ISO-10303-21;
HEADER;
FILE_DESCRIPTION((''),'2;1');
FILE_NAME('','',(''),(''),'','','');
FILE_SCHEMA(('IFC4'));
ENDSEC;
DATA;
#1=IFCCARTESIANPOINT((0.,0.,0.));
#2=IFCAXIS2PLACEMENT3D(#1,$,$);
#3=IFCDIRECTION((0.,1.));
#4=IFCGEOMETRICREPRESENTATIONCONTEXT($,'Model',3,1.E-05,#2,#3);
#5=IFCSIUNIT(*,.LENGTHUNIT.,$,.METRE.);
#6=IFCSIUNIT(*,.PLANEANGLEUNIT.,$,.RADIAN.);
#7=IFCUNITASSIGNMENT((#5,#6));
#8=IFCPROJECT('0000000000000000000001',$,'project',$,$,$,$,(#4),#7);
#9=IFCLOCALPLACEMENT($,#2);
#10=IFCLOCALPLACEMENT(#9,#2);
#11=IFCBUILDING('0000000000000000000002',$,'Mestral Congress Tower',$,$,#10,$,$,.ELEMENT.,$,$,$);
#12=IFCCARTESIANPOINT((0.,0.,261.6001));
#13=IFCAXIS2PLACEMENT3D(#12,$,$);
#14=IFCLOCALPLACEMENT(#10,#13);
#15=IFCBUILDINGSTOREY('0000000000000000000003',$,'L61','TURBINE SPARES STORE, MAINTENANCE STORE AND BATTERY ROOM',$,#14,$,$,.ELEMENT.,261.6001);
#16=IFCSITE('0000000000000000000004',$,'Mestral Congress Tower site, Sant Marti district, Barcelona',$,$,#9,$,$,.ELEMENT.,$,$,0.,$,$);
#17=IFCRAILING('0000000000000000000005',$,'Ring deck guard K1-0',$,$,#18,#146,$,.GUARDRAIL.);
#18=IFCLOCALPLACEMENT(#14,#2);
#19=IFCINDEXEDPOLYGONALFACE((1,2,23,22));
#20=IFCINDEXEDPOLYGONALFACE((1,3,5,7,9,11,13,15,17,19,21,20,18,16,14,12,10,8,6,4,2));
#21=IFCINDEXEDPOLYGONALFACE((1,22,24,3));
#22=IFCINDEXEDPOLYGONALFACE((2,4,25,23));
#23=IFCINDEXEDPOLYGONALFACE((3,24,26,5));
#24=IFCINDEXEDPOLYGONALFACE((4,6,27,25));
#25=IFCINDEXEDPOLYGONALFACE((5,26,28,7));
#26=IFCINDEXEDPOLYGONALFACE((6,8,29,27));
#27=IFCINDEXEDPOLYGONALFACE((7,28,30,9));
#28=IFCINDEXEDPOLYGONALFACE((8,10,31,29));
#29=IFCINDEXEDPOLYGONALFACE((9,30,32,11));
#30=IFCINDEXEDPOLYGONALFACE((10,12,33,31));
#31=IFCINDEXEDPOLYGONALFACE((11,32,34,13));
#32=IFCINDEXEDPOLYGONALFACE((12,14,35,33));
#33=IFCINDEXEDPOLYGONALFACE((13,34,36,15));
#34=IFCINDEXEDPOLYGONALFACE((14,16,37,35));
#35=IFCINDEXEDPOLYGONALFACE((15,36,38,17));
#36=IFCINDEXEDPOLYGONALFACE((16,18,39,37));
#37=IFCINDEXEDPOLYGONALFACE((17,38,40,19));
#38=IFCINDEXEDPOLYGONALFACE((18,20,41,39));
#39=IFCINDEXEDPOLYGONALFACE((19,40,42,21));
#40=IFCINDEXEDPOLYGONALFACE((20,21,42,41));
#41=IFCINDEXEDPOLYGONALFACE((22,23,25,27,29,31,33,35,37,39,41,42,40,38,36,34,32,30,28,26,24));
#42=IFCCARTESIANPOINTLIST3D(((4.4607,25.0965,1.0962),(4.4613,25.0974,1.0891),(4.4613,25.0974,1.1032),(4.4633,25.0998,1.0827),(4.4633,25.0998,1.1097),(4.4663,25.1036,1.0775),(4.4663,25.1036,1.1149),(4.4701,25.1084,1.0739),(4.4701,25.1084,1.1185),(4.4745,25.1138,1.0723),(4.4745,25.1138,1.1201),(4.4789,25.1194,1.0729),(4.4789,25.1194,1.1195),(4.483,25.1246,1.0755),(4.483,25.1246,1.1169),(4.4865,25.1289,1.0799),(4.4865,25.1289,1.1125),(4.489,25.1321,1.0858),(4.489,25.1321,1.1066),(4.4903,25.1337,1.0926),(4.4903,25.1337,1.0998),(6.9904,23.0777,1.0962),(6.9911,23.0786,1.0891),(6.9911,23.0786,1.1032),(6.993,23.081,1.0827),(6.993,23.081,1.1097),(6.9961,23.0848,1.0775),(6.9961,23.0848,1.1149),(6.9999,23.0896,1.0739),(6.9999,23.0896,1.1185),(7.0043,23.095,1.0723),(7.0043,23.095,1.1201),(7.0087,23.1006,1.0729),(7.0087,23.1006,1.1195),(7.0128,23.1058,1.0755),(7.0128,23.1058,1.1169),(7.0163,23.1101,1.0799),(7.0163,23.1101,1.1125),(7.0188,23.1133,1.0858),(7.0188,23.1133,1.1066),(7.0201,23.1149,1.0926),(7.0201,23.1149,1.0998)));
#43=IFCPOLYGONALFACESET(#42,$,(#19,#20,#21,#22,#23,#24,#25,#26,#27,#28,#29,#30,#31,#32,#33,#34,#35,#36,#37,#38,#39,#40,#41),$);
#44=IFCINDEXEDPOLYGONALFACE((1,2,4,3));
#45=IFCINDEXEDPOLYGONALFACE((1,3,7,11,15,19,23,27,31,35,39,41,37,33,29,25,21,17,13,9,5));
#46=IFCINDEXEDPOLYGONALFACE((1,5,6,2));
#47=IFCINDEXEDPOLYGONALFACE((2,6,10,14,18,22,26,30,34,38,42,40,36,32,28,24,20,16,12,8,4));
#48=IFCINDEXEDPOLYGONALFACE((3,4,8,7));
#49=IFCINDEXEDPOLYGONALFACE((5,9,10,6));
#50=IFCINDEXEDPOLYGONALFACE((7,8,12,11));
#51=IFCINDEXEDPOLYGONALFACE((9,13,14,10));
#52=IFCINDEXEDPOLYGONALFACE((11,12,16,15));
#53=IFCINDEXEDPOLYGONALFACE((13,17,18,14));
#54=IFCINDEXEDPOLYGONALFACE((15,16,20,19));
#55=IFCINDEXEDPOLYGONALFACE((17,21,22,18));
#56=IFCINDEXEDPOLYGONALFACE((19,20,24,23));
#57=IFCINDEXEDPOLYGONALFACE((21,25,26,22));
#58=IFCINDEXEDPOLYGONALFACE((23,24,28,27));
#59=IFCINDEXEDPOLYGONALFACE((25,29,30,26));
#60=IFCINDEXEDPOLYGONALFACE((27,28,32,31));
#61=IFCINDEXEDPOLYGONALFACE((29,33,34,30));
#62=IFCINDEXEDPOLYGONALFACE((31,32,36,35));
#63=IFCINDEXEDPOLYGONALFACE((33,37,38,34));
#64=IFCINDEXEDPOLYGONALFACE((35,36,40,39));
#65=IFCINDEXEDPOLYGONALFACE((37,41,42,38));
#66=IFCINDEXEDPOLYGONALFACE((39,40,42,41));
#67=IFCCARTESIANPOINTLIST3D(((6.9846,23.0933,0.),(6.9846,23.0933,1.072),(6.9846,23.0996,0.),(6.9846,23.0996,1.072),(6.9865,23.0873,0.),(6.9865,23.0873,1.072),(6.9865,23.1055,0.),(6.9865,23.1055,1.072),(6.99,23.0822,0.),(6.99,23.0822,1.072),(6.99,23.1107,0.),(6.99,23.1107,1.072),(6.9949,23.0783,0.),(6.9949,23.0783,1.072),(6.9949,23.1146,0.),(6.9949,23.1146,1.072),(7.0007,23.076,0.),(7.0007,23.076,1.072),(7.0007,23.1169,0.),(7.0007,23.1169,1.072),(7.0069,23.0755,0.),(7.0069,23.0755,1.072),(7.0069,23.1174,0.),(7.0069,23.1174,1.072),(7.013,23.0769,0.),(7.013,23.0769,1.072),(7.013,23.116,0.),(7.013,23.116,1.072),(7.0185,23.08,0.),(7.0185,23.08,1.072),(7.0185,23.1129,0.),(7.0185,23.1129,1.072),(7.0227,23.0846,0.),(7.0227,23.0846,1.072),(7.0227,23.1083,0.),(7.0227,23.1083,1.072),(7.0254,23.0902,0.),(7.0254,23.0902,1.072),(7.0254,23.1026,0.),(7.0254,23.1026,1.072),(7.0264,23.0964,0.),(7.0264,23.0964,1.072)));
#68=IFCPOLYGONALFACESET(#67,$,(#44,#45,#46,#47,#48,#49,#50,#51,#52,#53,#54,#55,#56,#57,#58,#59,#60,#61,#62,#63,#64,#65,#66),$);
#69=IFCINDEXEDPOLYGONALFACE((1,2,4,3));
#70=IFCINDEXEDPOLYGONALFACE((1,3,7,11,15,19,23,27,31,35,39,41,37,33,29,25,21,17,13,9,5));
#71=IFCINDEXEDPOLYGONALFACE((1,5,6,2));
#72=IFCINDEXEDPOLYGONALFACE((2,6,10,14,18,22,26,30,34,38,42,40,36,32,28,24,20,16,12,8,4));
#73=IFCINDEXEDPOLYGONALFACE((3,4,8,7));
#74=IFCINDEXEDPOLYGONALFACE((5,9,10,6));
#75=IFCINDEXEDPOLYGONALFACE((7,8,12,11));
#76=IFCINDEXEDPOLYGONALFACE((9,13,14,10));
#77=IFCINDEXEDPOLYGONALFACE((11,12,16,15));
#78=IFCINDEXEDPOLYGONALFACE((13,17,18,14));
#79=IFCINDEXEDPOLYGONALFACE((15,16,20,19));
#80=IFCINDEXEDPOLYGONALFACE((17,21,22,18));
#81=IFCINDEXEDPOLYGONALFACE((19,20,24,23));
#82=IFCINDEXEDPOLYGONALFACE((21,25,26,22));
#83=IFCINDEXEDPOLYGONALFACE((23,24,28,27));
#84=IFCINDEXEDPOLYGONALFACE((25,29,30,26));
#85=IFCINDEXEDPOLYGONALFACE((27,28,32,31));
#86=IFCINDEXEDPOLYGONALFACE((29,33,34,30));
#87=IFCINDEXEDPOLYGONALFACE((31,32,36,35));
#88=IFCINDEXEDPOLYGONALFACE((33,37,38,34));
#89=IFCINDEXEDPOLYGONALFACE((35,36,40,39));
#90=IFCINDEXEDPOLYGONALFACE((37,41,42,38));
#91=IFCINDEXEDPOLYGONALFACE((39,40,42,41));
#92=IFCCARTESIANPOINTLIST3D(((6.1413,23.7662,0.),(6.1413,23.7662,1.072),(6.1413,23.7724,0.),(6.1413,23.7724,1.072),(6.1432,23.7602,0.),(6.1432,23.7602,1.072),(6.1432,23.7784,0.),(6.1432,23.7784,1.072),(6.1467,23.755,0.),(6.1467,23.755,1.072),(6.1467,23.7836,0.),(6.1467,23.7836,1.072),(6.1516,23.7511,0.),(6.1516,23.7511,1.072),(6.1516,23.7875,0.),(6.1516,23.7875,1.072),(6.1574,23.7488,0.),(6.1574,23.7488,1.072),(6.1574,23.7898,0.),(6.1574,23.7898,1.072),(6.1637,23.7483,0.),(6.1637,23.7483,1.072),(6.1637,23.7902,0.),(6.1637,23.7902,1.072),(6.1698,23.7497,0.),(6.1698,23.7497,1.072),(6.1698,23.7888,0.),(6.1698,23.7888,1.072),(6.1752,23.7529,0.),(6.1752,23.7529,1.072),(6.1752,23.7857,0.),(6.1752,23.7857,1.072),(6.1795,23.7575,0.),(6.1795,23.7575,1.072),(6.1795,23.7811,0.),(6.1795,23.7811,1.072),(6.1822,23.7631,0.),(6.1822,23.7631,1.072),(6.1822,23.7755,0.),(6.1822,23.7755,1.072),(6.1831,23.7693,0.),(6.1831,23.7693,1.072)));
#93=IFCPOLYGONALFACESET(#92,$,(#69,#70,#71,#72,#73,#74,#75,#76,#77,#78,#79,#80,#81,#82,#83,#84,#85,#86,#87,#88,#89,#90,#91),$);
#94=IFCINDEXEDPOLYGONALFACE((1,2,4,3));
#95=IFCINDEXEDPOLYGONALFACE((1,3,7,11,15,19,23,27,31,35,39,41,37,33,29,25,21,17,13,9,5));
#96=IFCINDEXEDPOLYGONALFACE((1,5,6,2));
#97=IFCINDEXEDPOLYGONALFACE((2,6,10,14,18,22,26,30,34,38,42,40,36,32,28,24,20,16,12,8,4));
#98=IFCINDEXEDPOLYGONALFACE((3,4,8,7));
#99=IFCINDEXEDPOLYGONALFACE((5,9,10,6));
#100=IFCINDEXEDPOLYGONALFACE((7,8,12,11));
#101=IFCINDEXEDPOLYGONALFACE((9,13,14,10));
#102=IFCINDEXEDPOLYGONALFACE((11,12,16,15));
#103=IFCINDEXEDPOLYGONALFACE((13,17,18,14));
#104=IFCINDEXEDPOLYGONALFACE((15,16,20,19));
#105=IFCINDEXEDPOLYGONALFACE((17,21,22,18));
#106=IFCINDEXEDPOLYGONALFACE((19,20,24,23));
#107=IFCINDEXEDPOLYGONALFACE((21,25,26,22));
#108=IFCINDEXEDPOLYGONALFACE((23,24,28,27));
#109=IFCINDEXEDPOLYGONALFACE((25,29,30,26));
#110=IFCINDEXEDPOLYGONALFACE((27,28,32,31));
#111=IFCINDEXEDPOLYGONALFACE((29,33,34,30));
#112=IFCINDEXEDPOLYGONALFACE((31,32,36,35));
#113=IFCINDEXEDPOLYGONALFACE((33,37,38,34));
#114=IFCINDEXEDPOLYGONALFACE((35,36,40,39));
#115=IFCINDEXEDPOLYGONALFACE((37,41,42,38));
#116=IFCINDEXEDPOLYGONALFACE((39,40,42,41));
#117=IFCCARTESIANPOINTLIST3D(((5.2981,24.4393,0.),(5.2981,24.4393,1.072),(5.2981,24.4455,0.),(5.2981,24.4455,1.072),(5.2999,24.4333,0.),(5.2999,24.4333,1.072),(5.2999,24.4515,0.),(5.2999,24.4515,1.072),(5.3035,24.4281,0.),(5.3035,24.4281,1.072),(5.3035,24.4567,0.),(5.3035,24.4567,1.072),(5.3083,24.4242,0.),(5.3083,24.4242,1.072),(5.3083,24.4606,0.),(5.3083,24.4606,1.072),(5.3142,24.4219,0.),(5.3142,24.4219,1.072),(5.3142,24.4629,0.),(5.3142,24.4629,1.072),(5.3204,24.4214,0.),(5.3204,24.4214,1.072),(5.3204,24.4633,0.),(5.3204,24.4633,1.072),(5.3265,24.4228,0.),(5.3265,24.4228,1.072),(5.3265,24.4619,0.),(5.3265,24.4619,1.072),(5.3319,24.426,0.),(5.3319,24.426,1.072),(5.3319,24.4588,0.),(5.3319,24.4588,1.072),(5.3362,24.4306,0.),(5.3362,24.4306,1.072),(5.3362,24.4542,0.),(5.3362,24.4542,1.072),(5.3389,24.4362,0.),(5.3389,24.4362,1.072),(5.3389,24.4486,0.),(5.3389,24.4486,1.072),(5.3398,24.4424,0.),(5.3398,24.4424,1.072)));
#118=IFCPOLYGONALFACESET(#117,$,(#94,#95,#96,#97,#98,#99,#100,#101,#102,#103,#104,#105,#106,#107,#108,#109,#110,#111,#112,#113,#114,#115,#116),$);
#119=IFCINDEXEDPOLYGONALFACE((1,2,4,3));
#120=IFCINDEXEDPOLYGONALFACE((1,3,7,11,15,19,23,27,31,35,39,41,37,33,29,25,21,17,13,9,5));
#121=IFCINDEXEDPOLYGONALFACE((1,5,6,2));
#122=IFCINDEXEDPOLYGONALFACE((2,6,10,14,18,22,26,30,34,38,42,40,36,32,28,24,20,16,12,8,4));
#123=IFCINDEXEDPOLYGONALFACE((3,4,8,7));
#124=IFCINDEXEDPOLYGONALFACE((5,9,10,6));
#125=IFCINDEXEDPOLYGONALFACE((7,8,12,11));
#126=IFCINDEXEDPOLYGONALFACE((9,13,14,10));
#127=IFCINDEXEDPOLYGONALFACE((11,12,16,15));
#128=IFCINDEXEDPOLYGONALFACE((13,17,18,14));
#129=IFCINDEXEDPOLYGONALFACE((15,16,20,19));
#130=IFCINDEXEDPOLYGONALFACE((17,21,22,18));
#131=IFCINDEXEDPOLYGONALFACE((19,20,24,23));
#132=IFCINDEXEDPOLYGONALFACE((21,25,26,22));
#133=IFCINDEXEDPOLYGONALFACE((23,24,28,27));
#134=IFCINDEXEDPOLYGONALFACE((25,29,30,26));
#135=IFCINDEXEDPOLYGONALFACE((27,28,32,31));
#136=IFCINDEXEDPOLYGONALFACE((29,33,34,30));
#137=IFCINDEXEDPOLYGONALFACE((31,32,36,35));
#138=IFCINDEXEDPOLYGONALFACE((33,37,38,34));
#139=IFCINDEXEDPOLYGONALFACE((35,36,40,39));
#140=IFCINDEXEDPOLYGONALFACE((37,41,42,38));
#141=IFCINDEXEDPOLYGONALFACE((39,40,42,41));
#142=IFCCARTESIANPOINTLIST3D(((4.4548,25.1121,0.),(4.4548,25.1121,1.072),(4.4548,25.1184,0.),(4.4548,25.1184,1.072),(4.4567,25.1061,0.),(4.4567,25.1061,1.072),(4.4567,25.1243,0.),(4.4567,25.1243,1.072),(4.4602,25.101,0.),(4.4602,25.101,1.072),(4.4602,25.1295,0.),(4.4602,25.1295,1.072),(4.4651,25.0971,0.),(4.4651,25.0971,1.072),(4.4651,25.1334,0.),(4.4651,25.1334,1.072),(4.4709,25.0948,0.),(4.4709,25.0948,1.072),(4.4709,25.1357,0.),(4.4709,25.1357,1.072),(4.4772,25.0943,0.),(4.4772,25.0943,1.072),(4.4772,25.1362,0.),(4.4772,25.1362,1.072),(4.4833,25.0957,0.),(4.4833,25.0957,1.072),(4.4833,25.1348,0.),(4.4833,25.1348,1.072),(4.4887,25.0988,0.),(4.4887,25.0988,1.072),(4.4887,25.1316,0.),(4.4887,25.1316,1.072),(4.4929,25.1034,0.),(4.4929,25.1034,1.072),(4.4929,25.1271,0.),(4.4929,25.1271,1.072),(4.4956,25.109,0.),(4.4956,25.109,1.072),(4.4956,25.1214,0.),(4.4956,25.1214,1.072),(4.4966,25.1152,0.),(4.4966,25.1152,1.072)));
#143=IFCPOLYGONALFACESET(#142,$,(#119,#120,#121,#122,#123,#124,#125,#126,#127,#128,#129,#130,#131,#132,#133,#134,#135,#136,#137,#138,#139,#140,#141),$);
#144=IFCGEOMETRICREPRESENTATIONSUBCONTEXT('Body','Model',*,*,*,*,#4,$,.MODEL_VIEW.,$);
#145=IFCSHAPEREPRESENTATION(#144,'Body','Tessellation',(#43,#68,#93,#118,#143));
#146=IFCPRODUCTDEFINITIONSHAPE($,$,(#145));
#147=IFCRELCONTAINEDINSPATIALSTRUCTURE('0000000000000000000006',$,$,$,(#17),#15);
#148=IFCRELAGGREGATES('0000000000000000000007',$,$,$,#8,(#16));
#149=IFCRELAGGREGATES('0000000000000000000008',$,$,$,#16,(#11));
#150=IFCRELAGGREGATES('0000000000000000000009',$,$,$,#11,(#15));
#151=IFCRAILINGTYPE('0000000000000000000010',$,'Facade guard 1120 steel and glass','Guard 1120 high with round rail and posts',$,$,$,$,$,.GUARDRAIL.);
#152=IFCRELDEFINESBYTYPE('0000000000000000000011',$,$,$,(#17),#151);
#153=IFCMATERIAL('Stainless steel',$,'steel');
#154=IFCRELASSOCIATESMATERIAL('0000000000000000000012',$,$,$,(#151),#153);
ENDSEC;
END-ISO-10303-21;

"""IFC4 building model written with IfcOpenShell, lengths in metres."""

from ifc_helpers import new_model, si_unit, direction, frame, origin, origin_2d, place, context, subcontext, project, spatial, circle, extrude, material, type_object, element, save


model = new_model("IFC4")

# Units and contexts
model_context = context("Model", 3, precision=1e-05, world=origin(), true_north=direction((0.0, 1.0)))
body_context = subcontext(model_context, "Body", "Model", "MODEL_VIEW")
ifc_project = project(units=[si_unit("LENGTHUNIT", "METRE"), si_unit("PLANEANGLEUNIT", "RADIAN")], contexts=[model_context])

# Site, building, storey
site_placement = place(None, origin())
site = spatial("IfcSite", under=ifc_project, at=site_placement, Name="Mestral Congress Tower site, Sant Marti district, Barcelona", CompositionType="ELEMENT", RefElevation=0.0)
building_placement = place(site_placement, origin())
building = spatial("IfcBuilding", under=site, at=building_placement, Name="Mestral Congress Tower", CompositionType="ELEMENT")
storey_placement = place(building_placement, frame((0.0, 0.0, 261.6001)))
storey = spatial("IfcBuildingStorey", under=building, at=storey_placement, Name="L61", Description="TURBINE SPARES STORE, MAINTENANCE STORE AND BATTERY ROOM", CompositionType="ELEMENT", Elevation=261.6001)

# Railing
ifc_material_1 = material(Name="Stainless steel", Category="steel")
railing_type = type_object("IfcRailingType", Name="Facade guard 1120 steel and glass", Description="Guard 1120 high with round rail and posts", PredefinedType="GUARDRAIL", material=ifc_material_1)
railing_1_placement = place(storey_placement, frame((7.0054, 23.0964, 0.0)))
element("IfcRailing", 1, at=railing_1_placement, inside=storey, type_object=railing_type, Name="Ring deck guard K1-0", PredefinedType="GUARDRAIL", context=body_context, shape_type="SweptSolid", body=[
    extrude(circle(Radius=0.0239, at=origin_2d()), frame((0.0, 0.0, 1.0962), z_axis=(-0.781626, 0.623747, 0.0), x_axis=(-0.623747, -0.781626, 0.0)), (0.0, 0.0, 1.0), 3.2366),
    extrude(circle(Radius=0.021, at=origin_2d()), origin(), (0.0, 0.0, 1.0), 1.072),
    extrude(circle(Radius=0.021, at=origin_2d()), frame((-0.8433, 0.6729, 0.0)), (0.0, 0.0, 1.0), 1.072),
    extrude(circle(Radius=0.021, at=origin_2d()), frame((-1.6865, 1.3459, 0.0)), (0.0, 0.0, 1.0), 1.072),
    extrude(circle(Radius=0.021, at=origin_2d()), frame((-2.5298, 2.0188, 0.0)), (0.0, 0.0, 1.0), 1.072),
])

save(model, "model.ifc")
